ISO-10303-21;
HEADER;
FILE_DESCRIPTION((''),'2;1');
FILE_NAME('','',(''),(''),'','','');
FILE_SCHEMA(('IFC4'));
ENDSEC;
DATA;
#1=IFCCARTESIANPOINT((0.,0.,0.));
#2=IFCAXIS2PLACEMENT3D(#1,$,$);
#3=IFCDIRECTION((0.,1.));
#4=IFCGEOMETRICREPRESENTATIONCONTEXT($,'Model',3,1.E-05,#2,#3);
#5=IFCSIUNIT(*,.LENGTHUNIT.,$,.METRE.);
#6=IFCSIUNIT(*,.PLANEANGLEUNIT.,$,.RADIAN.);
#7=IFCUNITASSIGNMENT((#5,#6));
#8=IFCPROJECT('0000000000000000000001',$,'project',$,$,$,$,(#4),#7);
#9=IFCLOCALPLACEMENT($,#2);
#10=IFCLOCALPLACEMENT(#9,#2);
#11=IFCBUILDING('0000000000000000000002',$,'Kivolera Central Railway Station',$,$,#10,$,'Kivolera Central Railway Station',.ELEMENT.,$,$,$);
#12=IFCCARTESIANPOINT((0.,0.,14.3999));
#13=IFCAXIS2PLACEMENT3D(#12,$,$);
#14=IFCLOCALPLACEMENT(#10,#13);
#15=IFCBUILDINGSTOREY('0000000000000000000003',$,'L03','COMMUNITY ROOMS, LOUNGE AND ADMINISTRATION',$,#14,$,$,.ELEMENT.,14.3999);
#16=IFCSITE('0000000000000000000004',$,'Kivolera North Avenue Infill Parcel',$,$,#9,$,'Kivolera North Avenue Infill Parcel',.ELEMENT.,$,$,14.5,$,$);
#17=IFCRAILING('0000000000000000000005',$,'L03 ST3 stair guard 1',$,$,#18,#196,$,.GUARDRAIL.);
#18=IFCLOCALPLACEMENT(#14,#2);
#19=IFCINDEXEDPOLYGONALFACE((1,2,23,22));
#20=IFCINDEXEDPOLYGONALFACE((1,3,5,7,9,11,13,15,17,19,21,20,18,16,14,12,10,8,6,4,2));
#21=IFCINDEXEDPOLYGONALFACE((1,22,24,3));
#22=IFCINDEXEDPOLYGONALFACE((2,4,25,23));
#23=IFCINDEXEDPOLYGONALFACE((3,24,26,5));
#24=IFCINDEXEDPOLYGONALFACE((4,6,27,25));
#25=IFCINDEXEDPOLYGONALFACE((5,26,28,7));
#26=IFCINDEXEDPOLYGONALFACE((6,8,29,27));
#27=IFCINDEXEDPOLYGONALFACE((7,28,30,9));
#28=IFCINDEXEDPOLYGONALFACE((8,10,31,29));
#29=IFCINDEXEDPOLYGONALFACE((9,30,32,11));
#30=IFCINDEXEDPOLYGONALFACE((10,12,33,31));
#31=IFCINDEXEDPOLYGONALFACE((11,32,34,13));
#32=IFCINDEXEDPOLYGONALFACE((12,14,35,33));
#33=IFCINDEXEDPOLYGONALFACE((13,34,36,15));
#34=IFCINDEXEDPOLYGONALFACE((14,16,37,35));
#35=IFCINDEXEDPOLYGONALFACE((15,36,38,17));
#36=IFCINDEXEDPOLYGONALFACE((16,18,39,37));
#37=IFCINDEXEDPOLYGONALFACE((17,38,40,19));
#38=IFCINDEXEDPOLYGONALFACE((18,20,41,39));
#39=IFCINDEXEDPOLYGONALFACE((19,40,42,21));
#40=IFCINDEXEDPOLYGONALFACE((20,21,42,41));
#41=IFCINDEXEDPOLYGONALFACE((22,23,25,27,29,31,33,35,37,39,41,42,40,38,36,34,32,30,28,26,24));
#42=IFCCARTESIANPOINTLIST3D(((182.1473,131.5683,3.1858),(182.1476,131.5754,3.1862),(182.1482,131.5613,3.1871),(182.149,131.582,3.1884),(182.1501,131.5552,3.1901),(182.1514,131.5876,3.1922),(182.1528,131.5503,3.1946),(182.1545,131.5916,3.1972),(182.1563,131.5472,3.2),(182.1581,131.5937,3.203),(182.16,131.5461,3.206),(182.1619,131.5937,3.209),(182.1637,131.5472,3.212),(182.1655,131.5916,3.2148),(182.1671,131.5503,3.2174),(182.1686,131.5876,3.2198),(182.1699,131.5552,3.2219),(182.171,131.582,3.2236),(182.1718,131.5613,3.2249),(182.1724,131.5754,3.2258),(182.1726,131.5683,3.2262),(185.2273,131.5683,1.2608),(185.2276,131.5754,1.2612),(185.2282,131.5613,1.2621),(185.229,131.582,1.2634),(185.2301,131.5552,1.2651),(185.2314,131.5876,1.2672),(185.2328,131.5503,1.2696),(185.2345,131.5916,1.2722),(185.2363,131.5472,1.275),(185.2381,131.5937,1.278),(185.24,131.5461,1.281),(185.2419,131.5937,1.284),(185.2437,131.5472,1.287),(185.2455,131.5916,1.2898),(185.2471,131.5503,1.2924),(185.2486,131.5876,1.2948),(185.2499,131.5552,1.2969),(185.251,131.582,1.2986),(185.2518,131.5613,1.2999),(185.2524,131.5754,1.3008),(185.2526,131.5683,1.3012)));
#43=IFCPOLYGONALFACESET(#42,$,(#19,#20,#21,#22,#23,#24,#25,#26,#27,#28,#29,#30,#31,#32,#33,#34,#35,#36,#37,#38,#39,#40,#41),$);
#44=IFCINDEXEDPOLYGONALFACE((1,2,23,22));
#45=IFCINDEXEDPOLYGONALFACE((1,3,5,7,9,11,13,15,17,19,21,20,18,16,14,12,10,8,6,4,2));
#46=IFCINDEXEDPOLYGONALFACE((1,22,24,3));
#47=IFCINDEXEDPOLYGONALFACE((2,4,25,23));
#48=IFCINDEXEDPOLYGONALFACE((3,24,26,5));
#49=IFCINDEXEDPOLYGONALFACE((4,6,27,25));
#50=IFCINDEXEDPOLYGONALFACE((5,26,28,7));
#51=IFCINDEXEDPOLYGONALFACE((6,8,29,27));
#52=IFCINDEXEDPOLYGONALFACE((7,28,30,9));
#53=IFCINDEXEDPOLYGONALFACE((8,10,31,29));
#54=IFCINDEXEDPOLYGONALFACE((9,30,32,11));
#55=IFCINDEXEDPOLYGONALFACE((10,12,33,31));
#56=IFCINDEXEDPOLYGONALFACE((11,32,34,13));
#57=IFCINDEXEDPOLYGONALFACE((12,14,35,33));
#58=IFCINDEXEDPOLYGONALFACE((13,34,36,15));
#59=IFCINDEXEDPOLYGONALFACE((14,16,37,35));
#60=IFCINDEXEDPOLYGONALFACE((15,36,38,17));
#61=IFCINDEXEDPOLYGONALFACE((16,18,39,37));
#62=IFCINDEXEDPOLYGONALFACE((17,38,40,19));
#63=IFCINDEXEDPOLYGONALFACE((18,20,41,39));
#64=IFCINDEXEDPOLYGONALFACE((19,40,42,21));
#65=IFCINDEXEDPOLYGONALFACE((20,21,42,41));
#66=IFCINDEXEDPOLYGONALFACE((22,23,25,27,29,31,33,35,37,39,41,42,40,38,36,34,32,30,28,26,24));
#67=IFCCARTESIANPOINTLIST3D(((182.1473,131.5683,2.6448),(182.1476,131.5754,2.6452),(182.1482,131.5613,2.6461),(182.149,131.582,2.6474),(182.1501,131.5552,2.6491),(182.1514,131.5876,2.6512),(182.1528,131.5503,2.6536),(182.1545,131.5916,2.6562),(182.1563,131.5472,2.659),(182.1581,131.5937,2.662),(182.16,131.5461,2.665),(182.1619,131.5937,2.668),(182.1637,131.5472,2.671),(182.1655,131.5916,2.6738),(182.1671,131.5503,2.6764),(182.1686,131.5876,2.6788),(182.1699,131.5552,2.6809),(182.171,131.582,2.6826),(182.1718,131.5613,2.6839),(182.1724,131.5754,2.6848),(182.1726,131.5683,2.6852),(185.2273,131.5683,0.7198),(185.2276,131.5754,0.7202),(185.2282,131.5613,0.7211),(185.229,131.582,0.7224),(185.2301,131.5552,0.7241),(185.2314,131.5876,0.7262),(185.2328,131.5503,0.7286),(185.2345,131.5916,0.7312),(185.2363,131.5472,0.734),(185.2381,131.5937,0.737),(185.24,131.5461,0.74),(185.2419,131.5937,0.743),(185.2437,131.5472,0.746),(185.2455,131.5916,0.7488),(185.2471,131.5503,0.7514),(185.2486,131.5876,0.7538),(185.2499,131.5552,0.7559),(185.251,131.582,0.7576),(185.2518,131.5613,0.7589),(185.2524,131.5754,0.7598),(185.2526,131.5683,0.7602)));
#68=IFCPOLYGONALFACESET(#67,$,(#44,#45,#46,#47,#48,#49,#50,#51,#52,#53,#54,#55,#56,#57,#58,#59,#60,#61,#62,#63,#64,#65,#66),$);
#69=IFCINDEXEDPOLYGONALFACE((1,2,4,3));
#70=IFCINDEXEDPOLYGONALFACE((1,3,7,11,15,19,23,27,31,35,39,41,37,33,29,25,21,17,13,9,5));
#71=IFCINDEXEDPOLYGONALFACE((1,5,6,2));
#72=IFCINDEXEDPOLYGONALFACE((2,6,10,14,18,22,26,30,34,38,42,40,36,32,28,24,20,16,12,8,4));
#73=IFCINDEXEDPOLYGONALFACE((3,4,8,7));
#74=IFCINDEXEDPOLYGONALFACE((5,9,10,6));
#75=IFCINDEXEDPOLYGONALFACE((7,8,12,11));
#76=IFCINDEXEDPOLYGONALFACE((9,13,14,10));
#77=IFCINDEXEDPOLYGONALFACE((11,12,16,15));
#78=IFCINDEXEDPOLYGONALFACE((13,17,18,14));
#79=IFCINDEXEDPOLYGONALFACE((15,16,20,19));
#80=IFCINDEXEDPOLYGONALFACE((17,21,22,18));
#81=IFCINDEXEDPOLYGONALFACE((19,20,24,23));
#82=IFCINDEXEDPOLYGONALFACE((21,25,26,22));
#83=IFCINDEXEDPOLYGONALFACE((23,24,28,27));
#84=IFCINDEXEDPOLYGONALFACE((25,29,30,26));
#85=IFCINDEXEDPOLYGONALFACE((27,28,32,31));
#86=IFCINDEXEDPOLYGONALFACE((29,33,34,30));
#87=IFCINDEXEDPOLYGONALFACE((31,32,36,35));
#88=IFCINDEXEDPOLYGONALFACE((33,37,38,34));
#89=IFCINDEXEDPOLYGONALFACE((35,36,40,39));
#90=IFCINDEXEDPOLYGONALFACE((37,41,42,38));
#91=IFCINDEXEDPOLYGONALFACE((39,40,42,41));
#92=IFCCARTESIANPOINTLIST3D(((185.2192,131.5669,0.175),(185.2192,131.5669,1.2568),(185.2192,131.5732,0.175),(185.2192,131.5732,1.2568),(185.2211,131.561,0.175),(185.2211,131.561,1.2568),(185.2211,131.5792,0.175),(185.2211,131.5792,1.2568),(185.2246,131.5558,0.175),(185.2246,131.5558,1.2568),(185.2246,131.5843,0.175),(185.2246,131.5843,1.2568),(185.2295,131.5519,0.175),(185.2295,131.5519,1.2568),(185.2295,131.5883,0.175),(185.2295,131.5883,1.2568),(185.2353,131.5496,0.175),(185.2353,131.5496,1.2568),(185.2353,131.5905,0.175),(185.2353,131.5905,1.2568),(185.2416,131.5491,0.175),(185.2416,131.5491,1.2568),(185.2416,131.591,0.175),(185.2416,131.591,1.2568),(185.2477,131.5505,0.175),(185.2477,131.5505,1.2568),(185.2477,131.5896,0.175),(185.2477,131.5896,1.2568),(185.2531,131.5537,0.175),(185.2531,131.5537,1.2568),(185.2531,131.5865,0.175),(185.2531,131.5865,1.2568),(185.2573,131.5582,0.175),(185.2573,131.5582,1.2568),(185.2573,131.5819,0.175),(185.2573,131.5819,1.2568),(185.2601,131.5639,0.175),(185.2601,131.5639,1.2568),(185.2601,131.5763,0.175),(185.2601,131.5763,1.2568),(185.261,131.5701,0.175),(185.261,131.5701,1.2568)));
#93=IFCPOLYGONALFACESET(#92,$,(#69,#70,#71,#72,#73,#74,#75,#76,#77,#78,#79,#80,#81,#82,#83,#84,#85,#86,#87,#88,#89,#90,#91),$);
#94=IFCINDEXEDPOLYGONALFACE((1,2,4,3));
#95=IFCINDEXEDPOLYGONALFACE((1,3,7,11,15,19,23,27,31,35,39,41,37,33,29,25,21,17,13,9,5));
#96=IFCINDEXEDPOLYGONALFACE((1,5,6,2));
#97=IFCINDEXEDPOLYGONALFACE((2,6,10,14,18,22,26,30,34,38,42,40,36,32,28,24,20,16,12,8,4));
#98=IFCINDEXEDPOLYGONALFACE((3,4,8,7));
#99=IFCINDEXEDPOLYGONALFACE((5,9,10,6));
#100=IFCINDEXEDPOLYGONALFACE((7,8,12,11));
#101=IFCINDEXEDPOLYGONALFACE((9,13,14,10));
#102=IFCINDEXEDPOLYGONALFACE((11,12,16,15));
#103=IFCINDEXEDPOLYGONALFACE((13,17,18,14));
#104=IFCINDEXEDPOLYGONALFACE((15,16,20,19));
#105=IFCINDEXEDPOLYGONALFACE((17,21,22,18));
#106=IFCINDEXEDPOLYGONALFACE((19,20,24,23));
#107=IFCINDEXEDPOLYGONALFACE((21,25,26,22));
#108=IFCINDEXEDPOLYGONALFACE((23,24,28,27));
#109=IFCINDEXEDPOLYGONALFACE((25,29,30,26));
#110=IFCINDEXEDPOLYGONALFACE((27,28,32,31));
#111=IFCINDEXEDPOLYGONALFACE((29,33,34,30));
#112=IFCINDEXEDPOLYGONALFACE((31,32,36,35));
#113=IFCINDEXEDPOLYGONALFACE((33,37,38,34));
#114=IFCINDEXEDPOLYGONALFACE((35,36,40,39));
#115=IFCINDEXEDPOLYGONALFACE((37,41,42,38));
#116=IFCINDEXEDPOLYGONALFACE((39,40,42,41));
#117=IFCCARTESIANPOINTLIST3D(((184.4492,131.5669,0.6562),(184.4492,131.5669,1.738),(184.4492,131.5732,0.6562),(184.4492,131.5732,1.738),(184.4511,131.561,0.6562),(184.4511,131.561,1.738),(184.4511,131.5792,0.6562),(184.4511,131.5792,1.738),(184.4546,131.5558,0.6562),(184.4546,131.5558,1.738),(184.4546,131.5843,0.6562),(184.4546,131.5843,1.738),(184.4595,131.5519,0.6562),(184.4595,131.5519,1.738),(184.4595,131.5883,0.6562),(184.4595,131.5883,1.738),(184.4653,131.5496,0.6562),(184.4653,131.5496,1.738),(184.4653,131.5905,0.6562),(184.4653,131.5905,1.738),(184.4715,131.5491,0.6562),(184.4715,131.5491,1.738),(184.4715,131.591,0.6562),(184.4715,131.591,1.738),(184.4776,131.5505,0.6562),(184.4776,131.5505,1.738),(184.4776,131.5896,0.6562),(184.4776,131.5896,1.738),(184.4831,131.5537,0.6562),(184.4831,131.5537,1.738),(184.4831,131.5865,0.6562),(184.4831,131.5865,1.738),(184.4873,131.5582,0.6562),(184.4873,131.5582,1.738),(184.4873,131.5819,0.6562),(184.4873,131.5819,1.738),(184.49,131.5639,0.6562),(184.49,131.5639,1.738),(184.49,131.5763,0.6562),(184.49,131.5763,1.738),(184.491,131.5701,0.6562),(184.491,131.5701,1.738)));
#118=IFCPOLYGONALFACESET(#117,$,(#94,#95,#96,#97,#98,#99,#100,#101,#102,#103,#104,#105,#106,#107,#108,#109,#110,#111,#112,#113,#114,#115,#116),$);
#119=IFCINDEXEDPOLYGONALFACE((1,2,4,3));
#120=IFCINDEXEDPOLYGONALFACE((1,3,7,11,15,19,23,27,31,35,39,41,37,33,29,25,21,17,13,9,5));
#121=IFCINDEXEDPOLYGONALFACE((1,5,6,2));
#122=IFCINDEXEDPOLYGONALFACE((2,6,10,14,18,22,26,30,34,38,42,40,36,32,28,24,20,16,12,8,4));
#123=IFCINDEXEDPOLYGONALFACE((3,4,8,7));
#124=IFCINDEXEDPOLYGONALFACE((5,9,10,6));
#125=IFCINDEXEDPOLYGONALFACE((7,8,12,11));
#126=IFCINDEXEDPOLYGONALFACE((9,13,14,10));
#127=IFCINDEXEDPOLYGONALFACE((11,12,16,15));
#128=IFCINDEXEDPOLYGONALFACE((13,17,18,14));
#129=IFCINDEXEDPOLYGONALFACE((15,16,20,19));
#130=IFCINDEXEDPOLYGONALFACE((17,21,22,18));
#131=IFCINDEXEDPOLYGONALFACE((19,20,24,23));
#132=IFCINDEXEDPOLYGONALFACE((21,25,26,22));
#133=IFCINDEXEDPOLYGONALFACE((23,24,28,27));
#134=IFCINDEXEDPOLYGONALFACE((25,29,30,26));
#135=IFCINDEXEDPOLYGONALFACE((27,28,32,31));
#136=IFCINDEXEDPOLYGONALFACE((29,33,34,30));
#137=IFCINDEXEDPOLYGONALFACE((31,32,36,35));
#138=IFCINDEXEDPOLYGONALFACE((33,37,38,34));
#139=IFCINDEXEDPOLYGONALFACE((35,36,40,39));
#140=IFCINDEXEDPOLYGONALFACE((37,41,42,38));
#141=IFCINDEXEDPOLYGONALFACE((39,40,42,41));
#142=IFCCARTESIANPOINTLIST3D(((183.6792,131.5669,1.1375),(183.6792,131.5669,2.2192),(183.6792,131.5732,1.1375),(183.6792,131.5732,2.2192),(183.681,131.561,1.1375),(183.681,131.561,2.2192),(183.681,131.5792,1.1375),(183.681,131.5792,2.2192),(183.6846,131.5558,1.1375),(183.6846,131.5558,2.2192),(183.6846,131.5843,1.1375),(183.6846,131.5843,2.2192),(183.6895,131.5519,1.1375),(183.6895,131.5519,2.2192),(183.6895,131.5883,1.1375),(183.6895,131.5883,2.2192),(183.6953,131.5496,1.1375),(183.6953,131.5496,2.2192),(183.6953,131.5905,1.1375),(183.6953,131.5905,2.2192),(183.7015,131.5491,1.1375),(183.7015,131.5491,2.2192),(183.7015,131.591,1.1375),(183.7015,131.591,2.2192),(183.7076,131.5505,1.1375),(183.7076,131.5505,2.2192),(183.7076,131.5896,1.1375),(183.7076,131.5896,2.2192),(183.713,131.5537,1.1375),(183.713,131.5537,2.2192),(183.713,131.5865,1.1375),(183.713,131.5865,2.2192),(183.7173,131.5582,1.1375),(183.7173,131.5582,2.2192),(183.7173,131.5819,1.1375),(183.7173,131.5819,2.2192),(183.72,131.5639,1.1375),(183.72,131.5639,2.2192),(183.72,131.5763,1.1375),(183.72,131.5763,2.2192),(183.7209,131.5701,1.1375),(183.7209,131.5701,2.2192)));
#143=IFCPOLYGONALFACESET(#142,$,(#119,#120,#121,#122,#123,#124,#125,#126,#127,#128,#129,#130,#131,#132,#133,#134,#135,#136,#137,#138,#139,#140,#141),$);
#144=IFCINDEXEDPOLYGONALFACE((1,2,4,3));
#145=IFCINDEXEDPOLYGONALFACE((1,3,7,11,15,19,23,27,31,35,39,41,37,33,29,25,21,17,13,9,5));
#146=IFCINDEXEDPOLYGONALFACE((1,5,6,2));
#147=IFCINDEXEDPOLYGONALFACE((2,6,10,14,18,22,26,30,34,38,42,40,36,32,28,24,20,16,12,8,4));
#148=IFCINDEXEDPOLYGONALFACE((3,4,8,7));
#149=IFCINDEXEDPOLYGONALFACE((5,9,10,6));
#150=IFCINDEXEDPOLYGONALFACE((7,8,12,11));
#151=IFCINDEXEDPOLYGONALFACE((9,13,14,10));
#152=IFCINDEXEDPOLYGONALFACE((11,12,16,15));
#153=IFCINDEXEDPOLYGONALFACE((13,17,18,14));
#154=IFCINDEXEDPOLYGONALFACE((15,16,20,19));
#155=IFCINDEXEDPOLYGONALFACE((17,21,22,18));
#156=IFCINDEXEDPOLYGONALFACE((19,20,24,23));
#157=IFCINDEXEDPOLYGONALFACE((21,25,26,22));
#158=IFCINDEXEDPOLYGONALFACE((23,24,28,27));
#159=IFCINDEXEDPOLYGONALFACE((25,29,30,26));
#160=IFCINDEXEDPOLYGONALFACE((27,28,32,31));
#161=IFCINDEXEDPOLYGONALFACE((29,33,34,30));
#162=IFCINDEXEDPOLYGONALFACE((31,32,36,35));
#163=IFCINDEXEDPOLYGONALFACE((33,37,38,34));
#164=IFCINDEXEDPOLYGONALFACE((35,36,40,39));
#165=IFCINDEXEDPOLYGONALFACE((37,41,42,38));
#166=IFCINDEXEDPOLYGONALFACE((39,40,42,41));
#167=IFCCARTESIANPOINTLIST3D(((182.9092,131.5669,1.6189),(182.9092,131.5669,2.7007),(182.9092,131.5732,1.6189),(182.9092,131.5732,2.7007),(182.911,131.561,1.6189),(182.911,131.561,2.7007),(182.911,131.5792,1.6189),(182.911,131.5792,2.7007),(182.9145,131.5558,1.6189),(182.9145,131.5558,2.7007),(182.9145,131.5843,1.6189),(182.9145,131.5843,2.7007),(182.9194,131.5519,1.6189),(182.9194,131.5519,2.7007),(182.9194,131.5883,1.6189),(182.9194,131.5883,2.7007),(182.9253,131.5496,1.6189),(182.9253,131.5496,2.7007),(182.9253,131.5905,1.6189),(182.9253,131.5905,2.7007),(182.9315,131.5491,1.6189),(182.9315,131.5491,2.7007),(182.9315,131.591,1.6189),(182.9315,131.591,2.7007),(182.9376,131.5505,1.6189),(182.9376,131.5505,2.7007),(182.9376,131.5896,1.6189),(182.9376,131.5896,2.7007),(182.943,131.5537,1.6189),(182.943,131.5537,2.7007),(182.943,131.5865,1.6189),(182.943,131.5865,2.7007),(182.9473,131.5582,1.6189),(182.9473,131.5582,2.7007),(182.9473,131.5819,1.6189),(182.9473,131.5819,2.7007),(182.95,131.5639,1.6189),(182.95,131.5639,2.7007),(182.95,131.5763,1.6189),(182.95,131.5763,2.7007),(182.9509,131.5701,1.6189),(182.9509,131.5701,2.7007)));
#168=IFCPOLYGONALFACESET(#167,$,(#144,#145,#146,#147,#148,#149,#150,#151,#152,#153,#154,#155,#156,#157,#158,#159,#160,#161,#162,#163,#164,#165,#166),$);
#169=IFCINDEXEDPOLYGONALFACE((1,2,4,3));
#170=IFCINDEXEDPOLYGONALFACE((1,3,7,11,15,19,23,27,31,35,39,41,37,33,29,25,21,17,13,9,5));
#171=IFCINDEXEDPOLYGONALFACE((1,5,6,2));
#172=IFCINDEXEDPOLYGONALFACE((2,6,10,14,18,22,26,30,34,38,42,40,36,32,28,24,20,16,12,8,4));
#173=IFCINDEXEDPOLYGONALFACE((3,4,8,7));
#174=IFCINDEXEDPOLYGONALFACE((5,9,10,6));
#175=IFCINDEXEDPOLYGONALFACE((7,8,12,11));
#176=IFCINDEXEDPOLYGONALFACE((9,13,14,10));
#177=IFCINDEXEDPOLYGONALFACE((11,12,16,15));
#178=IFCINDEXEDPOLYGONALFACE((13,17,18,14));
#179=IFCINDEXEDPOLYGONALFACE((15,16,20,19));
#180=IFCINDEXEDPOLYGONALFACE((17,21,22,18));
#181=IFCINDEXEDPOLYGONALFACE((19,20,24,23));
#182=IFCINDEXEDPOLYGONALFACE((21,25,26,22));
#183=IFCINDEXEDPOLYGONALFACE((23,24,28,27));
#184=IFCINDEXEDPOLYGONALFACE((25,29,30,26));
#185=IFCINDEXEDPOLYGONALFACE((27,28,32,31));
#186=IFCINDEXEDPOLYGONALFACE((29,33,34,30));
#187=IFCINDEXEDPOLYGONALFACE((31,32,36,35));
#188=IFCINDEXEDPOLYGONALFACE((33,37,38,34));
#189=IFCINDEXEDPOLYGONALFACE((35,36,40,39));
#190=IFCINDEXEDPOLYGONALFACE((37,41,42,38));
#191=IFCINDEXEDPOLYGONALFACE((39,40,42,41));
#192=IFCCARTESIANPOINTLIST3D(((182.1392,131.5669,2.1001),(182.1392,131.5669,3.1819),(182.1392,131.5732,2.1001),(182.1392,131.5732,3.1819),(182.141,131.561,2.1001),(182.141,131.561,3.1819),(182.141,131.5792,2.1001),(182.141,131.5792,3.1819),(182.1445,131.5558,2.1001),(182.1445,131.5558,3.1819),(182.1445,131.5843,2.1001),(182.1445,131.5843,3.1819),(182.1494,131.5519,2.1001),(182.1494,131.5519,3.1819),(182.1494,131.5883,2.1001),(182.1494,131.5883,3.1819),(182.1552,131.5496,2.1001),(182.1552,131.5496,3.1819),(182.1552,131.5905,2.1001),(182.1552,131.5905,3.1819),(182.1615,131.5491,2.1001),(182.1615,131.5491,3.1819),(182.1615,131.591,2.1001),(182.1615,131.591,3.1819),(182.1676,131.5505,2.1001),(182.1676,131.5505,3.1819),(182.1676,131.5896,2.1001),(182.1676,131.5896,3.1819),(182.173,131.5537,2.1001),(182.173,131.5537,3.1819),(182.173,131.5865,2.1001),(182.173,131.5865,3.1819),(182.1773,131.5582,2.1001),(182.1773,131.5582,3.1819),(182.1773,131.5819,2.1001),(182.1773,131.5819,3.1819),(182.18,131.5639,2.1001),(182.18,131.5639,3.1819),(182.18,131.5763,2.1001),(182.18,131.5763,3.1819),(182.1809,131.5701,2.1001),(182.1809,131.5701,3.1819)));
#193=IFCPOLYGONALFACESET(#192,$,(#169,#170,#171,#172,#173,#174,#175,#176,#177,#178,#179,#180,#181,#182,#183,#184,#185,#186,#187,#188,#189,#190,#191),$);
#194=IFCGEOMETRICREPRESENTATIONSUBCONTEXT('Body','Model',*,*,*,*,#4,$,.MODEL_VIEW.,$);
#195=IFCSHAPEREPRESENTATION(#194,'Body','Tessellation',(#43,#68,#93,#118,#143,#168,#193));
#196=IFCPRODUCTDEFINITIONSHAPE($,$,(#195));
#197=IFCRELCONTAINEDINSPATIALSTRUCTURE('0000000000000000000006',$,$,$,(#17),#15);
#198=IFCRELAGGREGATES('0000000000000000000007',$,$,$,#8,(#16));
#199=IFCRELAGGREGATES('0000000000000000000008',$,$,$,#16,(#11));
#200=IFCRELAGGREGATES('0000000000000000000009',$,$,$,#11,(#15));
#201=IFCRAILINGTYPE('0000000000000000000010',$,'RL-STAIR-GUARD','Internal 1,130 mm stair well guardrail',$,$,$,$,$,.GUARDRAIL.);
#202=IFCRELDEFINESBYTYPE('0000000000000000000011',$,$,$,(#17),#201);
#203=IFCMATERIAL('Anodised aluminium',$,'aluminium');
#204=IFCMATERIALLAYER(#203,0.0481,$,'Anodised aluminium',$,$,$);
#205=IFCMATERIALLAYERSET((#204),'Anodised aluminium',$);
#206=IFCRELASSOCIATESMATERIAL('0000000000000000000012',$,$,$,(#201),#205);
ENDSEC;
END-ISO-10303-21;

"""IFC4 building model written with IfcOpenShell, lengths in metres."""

from ifc_helpers import new_model, si_unit, direction, frame, origin, origin_2d, place, context, subcontext, project, spatial, circle, extrude, material, layer, layer_set, type_object, element, save


model = new_model("IFC4")

# Units and contexts
model_context = context("Model", 3, precision=1e-05, world=origin(), true_north=direction((0.0, 1.0)))
body_context = subcontext(model_context, "Body", "Model", "MODEL_VIEW")
ifc_project = project(units=[si_unit("LENGTHUNIT", "METRE"), si_unit("PLANEANGLEUNIT", "RADIAN")], contexts=[model_context])

# Site, building, storey
site_placement = place(None, origin())
site = spatial("IfcSite", under=ifc_project, at=site_placement, Name="Kivolera North Avenue Infill Parcel", LongName="Kivolera North Avenue Infill Parcel", CompositionType="ELEMENT", RefElevation=14.5)
building_placement = place(site_placement, origin())
building = spatial("IfcBuilding", under=site, at=building_placement, Name="Kivolera Central Railway Station", LongName="Kivolera Central Railway Station", CompositionType="ELEMENT")
storey_placement = place(building_placement, frame((0.0, 0.0, 14.3999)))
storey = spatial("IfcBuildingStorey", under=building, at=storey_placement, Name="L03", Description="COMMUNITY ROOMS, LOUNGE AND ADMINISTRATION", CompositionType="ELEMENT", Elevation=14.3999)

# Railing
ifc_material_1 = material(Name="Anodised aluminium", Category="aluminium")
ifc_layer_1 = layer(ifc_material_1, 0.0481, Name="Anodised aluminium")
ifc_layer_set_1 = layer_set([ifc_layer_1], Name="Anodised aluminium")
railing_type_1 = type_object("IfcRailingType", Name="RL-STAIR-GUARD", Description="Internal 1,130 mm stair well guardrail", PredefinedType="GUARDRAIL", material=ifc_layer_set_1)
railing_1_placement = place(storey_placement, frame((185.24, 131.5701, 0.175)))
element("IfcRailing", 1, at=railing_1_placement, inside=storey, type_object=railing_type_1, Name="L03 ST3 stair guard 1", PredefinedType="GUARDRAIL", context=body_context, shape_type="SweptSolid", body=[
    extrude(circle(Radius=0.0239, at=origin_2d()), frame((0.0, 0.0, 1.106), z_axis=(-0.847998, 0.0, 0.529999), x_axis=(0.0, -1.0, 0.0)), (0.0, 0.0, 1.0), 3.6321),
    extrude(circle(Radius=0.0239, at=origin_2d()), frame((0.0, 0.0, 0.5649), z_axis=(-0.847998, 0.0, 0.529999), x_axis=(0.0, -1.0, 0.0)), (0.0, 0.0, 1.0), 3.6321),
    extrude(circle(Radius=0.021, at=origin_2d()), origin(), (0.0, 0.0, 1.0), 1.0818),
    extrude(circle(Radius=0.021, at=origin_2d()), frame((-0.77, 0.0, 0.4812)), (0.0, 0.0, 1.0), 1.0818),
    extrude(circle(Radius=0.021, at=origin_2d()), frame((-1.54, 0.0, 0.9624)), (0.0, 0.0, 1.0), 1.0818),
    extrude(circle(Radius=0.021, at=origin_2d()), frame((-2.3101, 0.0, 1.4438)), (0.0, 0.0, 1.0), 1.0818),
    extrude(circle(Radius=0.021, at=origin_2d()), frame((-3.0801, 0.0, 1.925)), (0.0, 0.0, 1.0), 1.0818),
])

save(model, "model.ifc")
